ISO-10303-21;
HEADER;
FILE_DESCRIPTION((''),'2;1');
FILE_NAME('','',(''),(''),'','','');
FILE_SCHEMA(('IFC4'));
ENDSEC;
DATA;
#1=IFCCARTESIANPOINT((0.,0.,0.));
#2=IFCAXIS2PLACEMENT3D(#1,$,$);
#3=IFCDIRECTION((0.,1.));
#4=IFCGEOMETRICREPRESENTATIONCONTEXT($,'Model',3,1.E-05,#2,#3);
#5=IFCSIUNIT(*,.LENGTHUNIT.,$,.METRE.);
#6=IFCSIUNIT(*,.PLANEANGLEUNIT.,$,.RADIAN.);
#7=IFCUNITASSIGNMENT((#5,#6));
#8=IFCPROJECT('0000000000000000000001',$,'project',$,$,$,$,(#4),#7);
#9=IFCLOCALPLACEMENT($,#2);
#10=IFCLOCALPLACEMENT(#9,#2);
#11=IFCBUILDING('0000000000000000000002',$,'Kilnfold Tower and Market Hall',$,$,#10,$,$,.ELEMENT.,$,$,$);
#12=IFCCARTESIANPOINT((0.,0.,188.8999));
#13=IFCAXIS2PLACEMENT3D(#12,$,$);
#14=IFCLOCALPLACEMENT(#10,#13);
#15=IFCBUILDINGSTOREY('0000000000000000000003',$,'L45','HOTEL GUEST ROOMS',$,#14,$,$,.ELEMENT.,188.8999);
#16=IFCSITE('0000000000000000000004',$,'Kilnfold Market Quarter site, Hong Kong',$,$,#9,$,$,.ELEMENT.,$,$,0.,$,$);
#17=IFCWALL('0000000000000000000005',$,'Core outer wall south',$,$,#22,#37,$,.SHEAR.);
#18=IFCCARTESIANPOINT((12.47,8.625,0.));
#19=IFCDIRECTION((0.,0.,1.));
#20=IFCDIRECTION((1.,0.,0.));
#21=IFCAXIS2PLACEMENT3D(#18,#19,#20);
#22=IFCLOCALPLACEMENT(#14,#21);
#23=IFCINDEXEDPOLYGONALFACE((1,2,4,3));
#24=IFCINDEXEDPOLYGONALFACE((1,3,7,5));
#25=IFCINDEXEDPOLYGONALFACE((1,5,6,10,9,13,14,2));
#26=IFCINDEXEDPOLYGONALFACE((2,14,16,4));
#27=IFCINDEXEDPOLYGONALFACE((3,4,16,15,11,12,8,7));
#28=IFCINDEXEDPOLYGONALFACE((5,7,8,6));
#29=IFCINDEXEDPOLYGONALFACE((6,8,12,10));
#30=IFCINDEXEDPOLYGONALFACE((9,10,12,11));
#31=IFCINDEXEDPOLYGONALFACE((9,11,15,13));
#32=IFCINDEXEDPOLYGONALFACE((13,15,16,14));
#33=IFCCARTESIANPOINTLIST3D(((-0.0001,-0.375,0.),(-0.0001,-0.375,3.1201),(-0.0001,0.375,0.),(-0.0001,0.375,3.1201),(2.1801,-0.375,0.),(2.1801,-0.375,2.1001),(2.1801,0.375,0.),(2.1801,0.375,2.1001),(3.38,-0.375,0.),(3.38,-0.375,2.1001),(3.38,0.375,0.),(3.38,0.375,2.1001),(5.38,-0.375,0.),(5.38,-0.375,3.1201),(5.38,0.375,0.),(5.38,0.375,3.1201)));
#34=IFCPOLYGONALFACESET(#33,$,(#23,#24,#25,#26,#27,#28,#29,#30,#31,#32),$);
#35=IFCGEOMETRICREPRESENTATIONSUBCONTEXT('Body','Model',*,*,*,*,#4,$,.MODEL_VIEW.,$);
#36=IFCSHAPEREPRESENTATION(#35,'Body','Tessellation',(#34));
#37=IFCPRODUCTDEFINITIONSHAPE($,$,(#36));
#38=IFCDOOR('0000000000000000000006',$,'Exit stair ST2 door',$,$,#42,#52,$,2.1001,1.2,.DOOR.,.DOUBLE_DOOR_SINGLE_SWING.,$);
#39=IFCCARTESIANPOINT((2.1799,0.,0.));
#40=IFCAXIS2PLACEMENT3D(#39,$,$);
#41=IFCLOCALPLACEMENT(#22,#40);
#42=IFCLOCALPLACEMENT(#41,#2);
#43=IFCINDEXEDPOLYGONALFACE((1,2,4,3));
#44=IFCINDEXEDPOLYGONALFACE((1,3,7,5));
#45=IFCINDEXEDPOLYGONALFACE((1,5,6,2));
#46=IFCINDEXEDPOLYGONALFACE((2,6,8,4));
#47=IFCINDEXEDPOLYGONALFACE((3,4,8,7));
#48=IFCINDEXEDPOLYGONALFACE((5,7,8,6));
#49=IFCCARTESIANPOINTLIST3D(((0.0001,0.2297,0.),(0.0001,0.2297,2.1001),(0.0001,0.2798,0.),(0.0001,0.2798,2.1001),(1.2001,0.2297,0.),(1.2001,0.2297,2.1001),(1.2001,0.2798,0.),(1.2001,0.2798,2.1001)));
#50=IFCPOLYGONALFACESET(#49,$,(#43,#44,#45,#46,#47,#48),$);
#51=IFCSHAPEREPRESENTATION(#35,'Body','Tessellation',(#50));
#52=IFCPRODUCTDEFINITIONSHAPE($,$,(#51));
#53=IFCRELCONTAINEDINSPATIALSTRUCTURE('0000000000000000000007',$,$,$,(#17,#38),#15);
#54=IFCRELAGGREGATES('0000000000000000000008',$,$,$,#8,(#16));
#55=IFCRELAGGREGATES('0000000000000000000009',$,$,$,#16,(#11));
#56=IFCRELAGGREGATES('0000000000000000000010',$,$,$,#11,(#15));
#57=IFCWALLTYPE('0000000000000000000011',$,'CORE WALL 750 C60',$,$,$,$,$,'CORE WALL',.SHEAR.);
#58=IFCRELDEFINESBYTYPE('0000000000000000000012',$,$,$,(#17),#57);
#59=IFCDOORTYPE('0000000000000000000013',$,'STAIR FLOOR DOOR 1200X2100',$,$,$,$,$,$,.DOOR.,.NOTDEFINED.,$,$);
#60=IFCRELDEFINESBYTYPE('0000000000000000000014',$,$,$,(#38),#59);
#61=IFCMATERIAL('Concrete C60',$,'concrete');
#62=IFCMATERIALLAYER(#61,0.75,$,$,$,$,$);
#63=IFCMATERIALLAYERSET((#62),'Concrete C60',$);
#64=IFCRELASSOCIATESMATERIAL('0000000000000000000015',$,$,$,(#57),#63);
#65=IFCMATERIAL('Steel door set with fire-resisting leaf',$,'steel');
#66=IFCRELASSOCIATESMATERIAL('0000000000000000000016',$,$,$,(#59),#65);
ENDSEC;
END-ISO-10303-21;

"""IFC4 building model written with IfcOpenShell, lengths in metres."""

from ifc_helpers import new_model, si_unit, direction, frame, frame_2d, origin, place, context, subcontext, project, spatial, rectangle, extrude, source, transform, mapped, material, layer, layer_set, type_object, element, fill, save


model = new_model("IFC4")

# Units and contexts
model_context = context("Model", 3, precision=1e-05, world=origin(), true_north=direction((0.0, 1.0)))
body_context = subcontext(model_context, "Body", "Model", "MODEL_VIEW")
ifc_project = project(units=[si_unit("LENGTHUNIT", "METRE"), si_unit("PLANEANGLEUNIT", "RADIAN")], contexts=[model_context])

# Site, building, storey
site_placement = place(None, origin())
site = spatial("IfcSite", under=ifc_project, at=site_placement, Name="Kilnfold Market Quarter site, Hong Kong", CompositionType="ELEMENT", RefElevation=0.0)
building_placement = place(site_placement, origin())
building = spatial("IfcBuilding", under=site, at=building_placement, Name="Kilnfold Tower and Market Hall", CompositionType="ELEMENT")
storey_placement = place(building_placement, frame((0.0, 0.0, 188.8999)))
storey = spatial("IfcBuildingStorey", under=building, at=storey_placement, Name="L45", Description="HOTEL GUEST ROOMS", CompositionType="ELEMENT", Elevation=188.8999)

# Shared definitions
ifc_material_1 = material(Name="Concrete C60", Category="concrete")
ifc_layer_1 = layer(ifc_material_1, 0.75)
ifc_layer_set_1 = layer_set([ifc_layer_1], Name="Concrete C60")
wall_type_1 = type_object("IfcWallType", Name="CORE WALL 750 C60", ElementType="CORE WALL", PredefinedType="SHEAR", material=ifc_layer_set_1)

# Wall, opening, door
shared_shape_1 = source(origin(), body_context, "Body", "SweptSolid", [
    extrude(rectangle(XDim=5.3801, YDim=0.75, at=frame_2d((2.6899, 0.0))), origin(), (0.0, 0.0, 1.0), 3.1201),
])
wall_1_placement = place(storey_placement, frame((12.47, 8.625, 0.0), z_axis=(0.0, 0.0, 1.0), x_axis=(1.0, 0.0, 0.0)))
wall_1 = element("IfcWall", 1, at=wall_1_placement, inside=storey, type_object=wall_type_1, Name="Core outer wall south", PredefinedType="SHEAR", context=body_context, shape_type="MappedRepresentation", body=[
    mapped(shared_shape_1, transform((0.0, 0.0, 0.0))),
])
opening_1_placement = place(wall_1_placement, frame((2.1799, 0.0, 0.0)))
opening_1 = element("IfcOpeningElement", 2, at=opening_1_placement, cuts=wall_1, PredefinedType="OPENING", context=body_context, shape_type="SweptSolid", body=[
    extrude(rectangle(XDim=1.2, YDim=2.1001, at=frame_2d((0.6001, 1.05))), frame((0.0, 0.385, 0.0), z_axis=(0.0, -1.0, 0.0), x_axis=(1.0, 0.0, 0.0)), (0.0, 0.0, 1.0), 0.77),
])
ifc_material_2 = material(Name="Steel door set with fire-resisting leaf", Category="steel")
door_type_1 = type_object("IfcDoorType", Name="STAIR FLOOR DOOR 1200X2100", OperationType="NOTDEFINED", PredefinedType="DOOR", material=ifc_material_2)
door_1_placement = place(opening_1_placement, origin())
door_1 = element("IfcDoor", 3, at=door_1_placement, inside=storey, type_object=door_type_1, Name="Exit stair ST2 door", OperationType="DOUBLE_DOOR_SINGLE_SWING", OverallHeight=2.1001, OverallWidth=1.2, PredefinedType="DOOR", context=body_context, shape_type="SweptSolid", body=[
    extrude(rectangle(XDim=1.2, YDim=2.1001, at=frame_2d((0.6001, 1.05))), frame((0.0, 0.2798, 0.0), z_axis=(0.0, -1.0, 0.0), x_axis=(1.0, 0.0, 0.0)), (0.0, 0.0, 1.0), 0.05),
])
fill(opening_1, door_1)

save(model, "model.ifc")
